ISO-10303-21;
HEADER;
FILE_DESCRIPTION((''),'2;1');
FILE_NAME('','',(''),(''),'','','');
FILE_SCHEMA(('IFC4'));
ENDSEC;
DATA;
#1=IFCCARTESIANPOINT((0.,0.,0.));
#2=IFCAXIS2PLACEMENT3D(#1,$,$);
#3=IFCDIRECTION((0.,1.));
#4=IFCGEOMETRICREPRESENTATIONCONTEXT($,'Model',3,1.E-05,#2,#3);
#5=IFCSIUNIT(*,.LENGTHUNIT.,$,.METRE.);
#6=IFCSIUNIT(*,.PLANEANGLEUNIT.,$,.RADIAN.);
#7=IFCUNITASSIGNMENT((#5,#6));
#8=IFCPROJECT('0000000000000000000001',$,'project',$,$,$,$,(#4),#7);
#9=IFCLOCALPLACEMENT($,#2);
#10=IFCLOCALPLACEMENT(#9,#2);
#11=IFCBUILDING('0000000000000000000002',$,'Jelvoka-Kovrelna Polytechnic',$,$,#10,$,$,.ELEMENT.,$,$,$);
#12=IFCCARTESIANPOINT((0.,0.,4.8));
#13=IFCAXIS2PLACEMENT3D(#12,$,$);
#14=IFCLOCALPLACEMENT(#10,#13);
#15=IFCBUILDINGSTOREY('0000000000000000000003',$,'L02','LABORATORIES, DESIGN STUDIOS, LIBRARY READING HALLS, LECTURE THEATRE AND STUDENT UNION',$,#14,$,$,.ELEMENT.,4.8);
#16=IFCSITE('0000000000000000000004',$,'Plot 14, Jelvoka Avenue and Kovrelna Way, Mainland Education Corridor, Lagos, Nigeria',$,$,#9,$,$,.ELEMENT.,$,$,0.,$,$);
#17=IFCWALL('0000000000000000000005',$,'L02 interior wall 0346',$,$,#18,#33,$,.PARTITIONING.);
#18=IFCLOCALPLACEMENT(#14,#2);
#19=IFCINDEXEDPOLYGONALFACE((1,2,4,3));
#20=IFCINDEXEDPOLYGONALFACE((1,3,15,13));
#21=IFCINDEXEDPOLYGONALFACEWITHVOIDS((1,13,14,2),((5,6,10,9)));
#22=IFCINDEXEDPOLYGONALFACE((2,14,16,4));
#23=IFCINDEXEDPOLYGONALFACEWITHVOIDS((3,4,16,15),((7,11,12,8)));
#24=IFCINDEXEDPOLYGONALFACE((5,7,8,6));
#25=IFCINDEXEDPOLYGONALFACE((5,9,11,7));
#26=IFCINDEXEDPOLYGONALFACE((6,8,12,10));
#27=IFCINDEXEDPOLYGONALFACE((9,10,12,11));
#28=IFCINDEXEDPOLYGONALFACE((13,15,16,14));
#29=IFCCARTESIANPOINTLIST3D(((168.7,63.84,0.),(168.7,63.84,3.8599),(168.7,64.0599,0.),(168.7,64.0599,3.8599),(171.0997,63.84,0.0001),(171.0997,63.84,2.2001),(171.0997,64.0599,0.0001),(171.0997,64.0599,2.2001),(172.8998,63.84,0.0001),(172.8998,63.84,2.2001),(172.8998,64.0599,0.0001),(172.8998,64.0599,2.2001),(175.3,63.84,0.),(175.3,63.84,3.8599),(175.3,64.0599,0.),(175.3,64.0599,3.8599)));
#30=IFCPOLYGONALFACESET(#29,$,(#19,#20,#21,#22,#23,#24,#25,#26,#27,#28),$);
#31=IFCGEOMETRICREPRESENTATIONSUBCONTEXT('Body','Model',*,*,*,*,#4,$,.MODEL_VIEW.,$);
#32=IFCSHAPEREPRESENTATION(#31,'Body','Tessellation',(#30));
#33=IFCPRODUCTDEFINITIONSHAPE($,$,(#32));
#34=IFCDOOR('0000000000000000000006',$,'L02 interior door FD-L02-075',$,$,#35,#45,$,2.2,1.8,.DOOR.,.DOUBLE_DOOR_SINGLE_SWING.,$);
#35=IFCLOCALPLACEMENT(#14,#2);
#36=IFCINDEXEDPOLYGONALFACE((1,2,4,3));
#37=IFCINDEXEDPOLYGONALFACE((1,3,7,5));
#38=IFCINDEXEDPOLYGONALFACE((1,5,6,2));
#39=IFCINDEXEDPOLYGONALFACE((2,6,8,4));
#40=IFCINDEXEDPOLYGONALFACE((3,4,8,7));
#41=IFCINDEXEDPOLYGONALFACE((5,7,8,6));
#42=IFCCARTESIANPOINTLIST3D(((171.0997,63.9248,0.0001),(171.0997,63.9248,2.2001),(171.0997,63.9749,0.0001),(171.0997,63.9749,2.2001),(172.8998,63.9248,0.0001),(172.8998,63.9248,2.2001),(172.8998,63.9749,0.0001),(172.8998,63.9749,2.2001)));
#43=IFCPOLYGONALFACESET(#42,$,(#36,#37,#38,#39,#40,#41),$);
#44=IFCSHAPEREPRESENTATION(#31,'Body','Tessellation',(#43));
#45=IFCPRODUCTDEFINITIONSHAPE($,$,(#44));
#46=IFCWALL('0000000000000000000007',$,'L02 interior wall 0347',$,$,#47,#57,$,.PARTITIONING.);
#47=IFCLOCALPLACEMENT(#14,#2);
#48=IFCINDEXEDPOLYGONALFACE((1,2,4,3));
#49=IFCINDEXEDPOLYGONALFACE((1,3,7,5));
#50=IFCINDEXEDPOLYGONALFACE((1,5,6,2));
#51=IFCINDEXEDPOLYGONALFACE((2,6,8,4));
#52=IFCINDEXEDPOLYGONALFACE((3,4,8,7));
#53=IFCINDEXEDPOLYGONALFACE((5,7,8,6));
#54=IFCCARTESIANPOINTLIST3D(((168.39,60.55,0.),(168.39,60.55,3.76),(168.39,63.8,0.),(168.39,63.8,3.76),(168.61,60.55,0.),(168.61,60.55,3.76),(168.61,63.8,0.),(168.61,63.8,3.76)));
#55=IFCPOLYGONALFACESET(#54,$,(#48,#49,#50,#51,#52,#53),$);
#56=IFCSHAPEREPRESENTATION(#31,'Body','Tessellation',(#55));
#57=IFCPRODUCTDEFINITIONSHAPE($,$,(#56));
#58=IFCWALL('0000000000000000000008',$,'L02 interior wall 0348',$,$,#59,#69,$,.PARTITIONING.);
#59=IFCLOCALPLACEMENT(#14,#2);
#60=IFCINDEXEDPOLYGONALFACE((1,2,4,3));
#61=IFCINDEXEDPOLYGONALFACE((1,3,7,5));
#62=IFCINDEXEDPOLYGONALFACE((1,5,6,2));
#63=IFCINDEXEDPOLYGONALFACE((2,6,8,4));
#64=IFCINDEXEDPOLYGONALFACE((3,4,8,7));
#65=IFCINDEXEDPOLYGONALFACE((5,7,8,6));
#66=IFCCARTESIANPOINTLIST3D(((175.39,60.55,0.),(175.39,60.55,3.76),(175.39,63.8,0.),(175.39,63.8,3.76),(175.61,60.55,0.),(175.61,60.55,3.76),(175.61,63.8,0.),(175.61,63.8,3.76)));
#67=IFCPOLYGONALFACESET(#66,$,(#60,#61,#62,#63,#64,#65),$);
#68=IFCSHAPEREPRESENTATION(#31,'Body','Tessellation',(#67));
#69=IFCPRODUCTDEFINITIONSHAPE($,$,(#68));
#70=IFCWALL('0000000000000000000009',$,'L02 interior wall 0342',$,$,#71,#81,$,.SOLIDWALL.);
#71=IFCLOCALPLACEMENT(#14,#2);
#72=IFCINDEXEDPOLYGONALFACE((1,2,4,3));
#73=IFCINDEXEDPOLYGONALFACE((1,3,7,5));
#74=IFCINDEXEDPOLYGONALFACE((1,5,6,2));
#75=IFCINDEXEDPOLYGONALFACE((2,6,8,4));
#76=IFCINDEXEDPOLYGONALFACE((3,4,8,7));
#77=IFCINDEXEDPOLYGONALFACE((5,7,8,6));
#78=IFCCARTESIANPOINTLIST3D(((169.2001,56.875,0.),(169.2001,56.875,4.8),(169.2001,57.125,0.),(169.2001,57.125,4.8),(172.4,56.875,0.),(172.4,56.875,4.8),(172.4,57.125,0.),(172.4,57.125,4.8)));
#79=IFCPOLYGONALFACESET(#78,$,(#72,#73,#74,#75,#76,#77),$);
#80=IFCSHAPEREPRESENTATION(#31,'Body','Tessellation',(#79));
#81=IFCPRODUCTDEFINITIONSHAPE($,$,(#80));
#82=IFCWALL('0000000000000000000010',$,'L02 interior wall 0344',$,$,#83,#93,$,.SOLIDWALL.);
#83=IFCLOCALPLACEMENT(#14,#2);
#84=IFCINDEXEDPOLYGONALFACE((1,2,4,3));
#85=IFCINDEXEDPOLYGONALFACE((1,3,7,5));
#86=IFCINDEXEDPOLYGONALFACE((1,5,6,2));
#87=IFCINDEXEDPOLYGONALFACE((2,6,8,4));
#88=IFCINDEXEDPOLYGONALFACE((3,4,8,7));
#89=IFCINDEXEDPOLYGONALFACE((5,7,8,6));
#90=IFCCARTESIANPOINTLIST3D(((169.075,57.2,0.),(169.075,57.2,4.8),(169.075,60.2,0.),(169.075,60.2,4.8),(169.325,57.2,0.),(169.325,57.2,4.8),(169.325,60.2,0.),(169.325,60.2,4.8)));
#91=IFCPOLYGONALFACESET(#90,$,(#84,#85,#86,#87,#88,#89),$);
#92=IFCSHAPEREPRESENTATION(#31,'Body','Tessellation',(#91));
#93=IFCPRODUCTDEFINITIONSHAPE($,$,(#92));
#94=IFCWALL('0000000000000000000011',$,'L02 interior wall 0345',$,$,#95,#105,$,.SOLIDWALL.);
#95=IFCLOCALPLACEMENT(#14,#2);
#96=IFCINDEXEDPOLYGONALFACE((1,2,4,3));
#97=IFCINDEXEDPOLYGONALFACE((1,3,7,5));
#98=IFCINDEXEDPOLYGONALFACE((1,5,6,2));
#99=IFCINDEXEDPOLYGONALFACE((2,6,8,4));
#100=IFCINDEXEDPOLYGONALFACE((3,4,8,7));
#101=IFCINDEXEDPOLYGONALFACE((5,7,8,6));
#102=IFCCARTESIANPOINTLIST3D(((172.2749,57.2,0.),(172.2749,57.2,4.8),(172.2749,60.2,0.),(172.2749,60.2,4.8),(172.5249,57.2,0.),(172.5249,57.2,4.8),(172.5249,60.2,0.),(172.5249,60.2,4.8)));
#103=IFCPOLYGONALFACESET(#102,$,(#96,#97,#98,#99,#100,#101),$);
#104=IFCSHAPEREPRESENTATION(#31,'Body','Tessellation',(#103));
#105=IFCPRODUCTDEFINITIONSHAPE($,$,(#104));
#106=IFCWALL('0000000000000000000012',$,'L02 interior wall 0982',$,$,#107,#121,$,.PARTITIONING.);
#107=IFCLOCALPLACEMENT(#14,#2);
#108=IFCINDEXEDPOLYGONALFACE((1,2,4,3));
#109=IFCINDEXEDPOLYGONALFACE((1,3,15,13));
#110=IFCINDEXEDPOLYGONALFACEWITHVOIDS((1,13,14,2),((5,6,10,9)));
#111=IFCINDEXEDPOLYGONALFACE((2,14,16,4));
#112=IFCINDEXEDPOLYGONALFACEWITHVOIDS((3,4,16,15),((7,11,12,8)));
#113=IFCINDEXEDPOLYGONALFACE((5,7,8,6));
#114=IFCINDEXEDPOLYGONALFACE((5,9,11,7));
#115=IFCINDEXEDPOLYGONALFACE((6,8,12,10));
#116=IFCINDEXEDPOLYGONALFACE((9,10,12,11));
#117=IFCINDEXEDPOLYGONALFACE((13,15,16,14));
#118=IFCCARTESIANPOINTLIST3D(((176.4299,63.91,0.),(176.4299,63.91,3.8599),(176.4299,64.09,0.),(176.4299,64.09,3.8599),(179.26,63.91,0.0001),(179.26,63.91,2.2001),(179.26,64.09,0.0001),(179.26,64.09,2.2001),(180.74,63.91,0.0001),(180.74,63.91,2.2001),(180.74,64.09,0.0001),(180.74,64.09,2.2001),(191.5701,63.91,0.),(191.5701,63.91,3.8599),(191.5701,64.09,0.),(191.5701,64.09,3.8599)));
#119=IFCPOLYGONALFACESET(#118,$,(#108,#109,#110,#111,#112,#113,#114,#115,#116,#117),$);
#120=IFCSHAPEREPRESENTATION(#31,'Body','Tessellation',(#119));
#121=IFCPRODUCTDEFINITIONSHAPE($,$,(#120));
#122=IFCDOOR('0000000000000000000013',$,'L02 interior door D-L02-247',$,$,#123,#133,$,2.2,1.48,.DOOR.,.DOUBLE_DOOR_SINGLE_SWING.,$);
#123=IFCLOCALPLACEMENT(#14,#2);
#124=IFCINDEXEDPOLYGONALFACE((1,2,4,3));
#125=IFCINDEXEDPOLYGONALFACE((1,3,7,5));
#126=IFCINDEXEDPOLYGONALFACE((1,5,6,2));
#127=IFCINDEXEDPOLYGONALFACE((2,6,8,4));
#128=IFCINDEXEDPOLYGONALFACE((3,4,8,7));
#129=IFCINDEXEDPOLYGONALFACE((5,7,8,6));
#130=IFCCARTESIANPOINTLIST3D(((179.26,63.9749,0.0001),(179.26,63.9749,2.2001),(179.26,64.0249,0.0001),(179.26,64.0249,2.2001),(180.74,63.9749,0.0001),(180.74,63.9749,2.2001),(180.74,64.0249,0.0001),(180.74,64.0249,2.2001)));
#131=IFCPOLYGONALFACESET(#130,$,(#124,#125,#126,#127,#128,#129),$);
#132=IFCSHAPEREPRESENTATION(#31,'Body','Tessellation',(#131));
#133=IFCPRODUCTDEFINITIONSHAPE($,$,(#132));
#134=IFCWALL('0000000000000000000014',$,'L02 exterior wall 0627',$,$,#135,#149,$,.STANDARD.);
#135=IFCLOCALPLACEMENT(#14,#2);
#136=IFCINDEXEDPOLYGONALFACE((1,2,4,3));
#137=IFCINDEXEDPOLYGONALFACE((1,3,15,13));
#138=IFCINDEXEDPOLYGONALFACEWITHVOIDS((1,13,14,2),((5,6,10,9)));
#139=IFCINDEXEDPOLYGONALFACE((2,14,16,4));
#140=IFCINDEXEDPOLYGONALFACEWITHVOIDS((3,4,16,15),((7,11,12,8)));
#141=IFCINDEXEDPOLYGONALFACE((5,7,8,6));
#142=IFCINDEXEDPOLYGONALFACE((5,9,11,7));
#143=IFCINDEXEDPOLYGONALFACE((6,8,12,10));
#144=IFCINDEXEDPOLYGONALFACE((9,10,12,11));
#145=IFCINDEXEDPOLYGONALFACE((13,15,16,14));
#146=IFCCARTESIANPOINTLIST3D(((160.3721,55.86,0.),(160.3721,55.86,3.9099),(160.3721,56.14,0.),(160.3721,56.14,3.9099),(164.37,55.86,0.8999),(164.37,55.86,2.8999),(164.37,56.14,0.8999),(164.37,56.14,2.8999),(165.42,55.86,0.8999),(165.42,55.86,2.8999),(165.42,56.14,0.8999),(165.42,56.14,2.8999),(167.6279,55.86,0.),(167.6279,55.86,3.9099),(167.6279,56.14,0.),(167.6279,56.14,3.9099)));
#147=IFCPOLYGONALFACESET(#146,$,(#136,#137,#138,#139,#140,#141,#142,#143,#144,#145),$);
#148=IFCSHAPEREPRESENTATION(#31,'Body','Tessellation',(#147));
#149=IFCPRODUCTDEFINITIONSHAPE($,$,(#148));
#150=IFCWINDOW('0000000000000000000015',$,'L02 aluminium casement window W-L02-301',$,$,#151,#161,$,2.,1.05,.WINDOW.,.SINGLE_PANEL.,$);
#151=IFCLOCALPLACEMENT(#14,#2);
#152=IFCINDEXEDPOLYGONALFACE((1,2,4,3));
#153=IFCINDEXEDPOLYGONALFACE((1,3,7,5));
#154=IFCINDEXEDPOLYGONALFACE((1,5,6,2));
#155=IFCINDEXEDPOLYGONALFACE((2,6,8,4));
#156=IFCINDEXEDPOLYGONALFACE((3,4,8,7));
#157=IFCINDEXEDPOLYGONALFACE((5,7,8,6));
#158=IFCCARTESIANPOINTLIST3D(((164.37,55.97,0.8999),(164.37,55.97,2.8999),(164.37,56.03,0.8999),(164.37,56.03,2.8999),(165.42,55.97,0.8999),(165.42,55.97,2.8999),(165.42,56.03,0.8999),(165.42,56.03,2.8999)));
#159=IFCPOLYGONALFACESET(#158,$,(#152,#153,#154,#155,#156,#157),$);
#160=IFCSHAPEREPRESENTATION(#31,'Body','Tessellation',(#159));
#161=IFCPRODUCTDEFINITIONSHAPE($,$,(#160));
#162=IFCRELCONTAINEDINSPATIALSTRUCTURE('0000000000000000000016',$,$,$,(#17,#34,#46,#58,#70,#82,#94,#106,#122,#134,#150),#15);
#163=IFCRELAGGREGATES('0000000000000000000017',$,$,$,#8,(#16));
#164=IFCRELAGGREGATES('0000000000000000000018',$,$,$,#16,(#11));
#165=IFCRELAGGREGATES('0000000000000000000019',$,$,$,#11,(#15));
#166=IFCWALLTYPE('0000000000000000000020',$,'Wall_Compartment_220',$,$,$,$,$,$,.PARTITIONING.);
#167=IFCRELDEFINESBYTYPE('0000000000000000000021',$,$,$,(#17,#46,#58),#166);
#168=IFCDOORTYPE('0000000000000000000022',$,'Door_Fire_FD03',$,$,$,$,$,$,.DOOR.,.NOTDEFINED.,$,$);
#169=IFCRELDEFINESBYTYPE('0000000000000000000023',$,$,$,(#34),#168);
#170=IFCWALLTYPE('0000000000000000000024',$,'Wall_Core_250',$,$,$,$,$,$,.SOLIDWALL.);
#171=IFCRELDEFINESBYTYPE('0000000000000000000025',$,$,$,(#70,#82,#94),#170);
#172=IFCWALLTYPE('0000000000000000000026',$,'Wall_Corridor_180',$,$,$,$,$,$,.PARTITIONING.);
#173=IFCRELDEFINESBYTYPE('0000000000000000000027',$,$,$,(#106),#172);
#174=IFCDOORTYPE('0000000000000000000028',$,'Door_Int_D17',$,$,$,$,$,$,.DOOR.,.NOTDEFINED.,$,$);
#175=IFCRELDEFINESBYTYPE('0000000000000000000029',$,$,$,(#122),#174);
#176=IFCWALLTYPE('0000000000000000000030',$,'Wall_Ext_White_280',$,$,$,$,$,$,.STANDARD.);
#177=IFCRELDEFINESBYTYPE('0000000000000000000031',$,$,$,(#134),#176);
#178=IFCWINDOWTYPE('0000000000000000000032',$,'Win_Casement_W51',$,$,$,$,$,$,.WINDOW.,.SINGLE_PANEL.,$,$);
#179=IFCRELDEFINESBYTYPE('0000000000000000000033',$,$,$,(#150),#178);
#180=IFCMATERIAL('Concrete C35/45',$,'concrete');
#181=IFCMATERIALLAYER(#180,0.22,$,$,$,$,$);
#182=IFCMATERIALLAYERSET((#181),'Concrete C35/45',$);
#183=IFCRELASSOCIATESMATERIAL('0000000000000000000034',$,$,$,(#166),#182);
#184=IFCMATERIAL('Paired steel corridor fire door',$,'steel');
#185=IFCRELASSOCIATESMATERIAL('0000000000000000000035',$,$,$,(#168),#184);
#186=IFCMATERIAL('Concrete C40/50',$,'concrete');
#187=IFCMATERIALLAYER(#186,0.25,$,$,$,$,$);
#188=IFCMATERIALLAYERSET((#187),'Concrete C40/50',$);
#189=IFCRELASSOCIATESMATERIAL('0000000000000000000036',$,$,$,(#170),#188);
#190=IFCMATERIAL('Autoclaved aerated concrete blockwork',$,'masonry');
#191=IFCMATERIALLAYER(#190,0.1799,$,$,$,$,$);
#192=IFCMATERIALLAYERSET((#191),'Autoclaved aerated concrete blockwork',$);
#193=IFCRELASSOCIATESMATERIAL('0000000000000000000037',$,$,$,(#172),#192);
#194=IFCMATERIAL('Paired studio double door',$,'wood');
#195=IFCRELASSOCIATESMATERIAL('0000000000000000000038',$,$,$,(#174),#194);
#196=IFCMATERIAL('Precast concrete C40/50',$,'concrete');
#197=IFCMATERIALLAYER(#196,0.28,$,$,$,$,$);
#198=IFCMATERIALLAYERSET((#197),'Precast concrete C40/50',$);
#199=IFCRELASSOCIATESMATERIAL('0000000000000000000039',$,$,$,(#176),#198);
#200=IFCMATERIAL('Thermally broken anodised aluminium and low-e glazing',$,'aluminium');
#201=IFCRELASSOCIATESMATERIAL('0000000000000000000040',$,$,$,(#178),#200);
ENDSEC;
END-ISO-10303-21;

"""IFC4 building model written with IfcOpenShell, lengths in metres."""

from ifc_helpers import new_model, si_unit, direction, frame, frame_2d, origin, place, context, subcontext, project, spatial, rectangle, extrude, material, layer, layer_set, type_object, element, fill, save


model = new_model("IFC4")

# Units and contexts
model_context = context("Model", 3, precision=1e-05, world=origin(), true_north=direction((0.0, 1.0)))
body_context = subcontext(model_context, "Body", "Model", "MODEL_VIEW")
ifc_project = project(units=[si_unit("LENGTHUNIT", "METRE"), si_unit("PLANEANGLEUNIT", "RADIAN")], contexts=[model_context])

# Site, building, storey
site_placement = place(None, origin())
site = spatial("IfcSite", under=ifc_project, at=site_placement, Name="Plot 14, Jelvoka Avenue and Kovrelna Way, Mainland Education Corridor, Lagos, Nigeria", CompositionType="ELEMENT", RefElevation=0.0)
building_placement = place(site_placement, origin())
building = spatial("IfcBuilding", under=site, at=building_placement, Name="Jelvoka-Kovrelna Polytechnic", CompositionType="ELEMENT")
storey_placement = place(building_placement, frame((0.0, 0.0, 4.8)))
storey = spatial("IfcBuildingStorey", under=building, at=storey_placement, Name="L02", Description="LABORATORIES, DESIGN STUDIOS, LIBRARY READING HALLS, LECTURE THEATRE AND STUDENT UNION", CompositionType="ELEMENT", Elevation=4.8)

# Wall, opening, door
ifc_material_1 = material(Name="Concrete C35/45", Category="concrete")
ifc_layer_1 = layer(ifc_material_1, 0.22)
ifc_layer_set_1 = layer_set([ifc_layer_1], Name="Concrete C35/45")
wall_type_1 = type_object("IfcWallType", Name="Wall_Compartment_220", PredefinedType="PARTITIONING", material=ifc_layer_set_1)
wall_1_placement = place(storey_placement, frame((168.7, 63.95, 0.0), z_axis=(0.0, 0.0, 1.0), x_axis=(1.0, 0.0, 0.0)))
wall_1 = element("IfcWall", 1, at=wall_1_placement, inside=storey, type_object=wall_type_1, Name="L02 interior wall 0346", PredefinedType="PARTITIONING", context=body_context, shape_type="SweptSolid", body=[
    extrude(rectangle(XDim=6.6001, YDim=0.22, at=frame_2d((3.3, 0.0))), origin(), (0.0, 0.0, 1.0), 3.8599),
])
opening_1_placement = place(wall_1_placement, frame((2.3999, 0.0, 0.0)))
opening_1 = element("IfcOpeningElement", 2, at=opening_1_placement, cuts=wall_1, PredefinedType="OPENING", context=body_context, shape_type="SweptSolid", body=[
    extrude(rectangle(XDim=1.8, YDim=2.2, at=frame_2d((0.8999, 1.1001))), frame((0.0, 0.1199, 0.0), z_axis=(0.0, -1.0, 0.0), x_axis=(1.0, 0.0, 0.0)), (0.0, 0.0, 1.0), 0.24),
])
ifc_material_2 = material(Name="Paired steel corridor fire door", Category="steel")
door_type_1 = type_object("IfcDoorType", Name="Door_Fire_FD03", OperationType="NOTDEFINED", PredefinedType="DOOR", material=ifc_material_2)
door_1_placement = place(opening_1_placement, origin())
door_1 = element("IfcDoor", 3, at=door_1_placement, inside=storey, type_object=door_type_1, Name="L02 interior door FD-L02-075", OperationType="DOUBLE_DOOR_SINGLE_SWING", OverallHeight=2.2, OverallWidth=1.8, PredefinedType="DOOR", context=body_context, shape_type="SweptSolid", body=[
    extrude(rectangle(XDim=1.8, YDim=2.2, at=frame_2d((0.8999, 1.1001))), frame((0.0, 0.0249, 0.0), z_axis=(0.0, -1.0, 0.0), x_axis=(1.0, 0.0, 0.0)), (0.0, 0.0, 1.0), 0.05),
])
fill(opening_1, door_1)

# Walls
for number, where, z_axis, x_axis, name in (
    (4, (168.5, 60.55, 0.0), (0.0, 0.0, 1.0), (0.0, 1.0, 0.0), "L02 interior wall 0347"),
    (5, (175.5, 60.55, 0.0), (0.0, 0.0, 1.0), (0.0, 1.0, 0.0), "L02 interior wall 0348"),
):
    element("IfcWall", number, at=place(storey_placement, frame(where, z_axis=z_axis, x_axis=x_axis)), inside=storey, type_object=wall_type_1, Name=name, PredefinedType="PARTITIONING", context=body_context, shape_type="SweptSolid", body=[
        extrude(rectangle(XDim=3.25, YDim=0.22, at=frame_2d((1.625, 0.0))), origin(), (0.0, 0.0, 1.0), 3.76),
    ])
ifc_material_3 = material(Name="Concrete C40/50", Category="concrete")
ifc_layer_2 = layer(ifc_material_3, 0.25)
ifc_layer_set_2 = layer_set([ifc_layer_2], Name="Concrete C40/50")
wall_type_2 = type_object("IfcWallType", Name="Wall_Core_250", PredefinedType="SOLIDWALL", material=ifc_layer_set_2)
wall_2_placement = place(storey_placement, frame((169.2, 57.0, 0.0), z_axis=(0.0, 0.0, 1.0), x_axis=(1.0, 0.0, 0.0)))
element("IfcWall", 6, at=wall_2_placement, inside=storey, type_object=wall_type_2, Name="L02 interior wall 0342", PredefinedType="SOLIDWALL", context=body_context, shape_type="SweptSolid", body=[
    extrude(rectangle(XDim=3.2, YDim=0.25, at=frame_2d((1.6001, 0.0))), origin(), (0.0, 0.0, 1.0), 4.8),
])

# Walls
for number, where, z_axis, x_axis, name in (
    (7, (169.2, 57.2, 0.0), (0.0, 0.0, 1.0), (0.0, 1.0, 0.0), "L02 interior wall 0344"),
    (8, (172.3999, 57.2, 0.0), (0.0, 0.0, 1.0), (0.0, 1.0, 0.0), "L02 interior wall 0345"),
):
    element("IfcWall", number, at=place(storey_placement, frame(where, z_axis=z_axis, x_axis=x_axis)), inside=storey, type_object=wall_type_2, Name=name, PredefinedType="SOLIDWALL", context=body_context, shape_type="SweptSolid", body=[
        extrude(rectangle(XDim=3.0, YDim=0.25, at=frame_2d((1.5, 0.0))), origin(), (0.0, 0.0, 1.0), 4.8),
    ])

# Wall, opening, door
ifc_material_4 = material(Name="Autoclaved aerated concrete blockwork", Category="masonry")
ifc_layer_3 = layer(ifc_material_4, 0.1799)
ifc_layer_set_3 = layer_set([ifc_layer_3], Name="Autoclaved aerated concrete blockwork")
wall_type_3 = type_object("IfcWallType", Name="Wall_Corridor_180", PredefinedType="PARTITIONING", material=ifc_layer_set_3)
wall_3_placement = place(storey_placement, frame((176.4299, 64.0, 0.0), z_axis=(0.0, 0.0, 1.0), x_axis=(1.0, 0.0, 0.0)))
wall_3 = element("IfcWall", 9, at=wall_3_placement, inside=storey, type_object=wall_type_3, Name="L02 interior wall 0982", PredefinedType="PARTITIONING", context=body_context, shape_type="SweptSolid", body=[
    extrude(rectangle(XDim=15.1401, YDim=0.1799, at=frame_2d((7.5701, 0.0))), origin(), (0.0, 0.0, 1.0), 3.8599),
])
opening_2_placement = place(wall_3_placement, frame((2.8301, 0.0, 0.0)))
opening_2 = element("IfcOpeningElement", 10, at=opening_2_placement, cuts=wall_3, PredefinedType="OPENING", context=body_context, shape_type="SweptSolid", body=[
    extrude(rectangle(XDim=1.48, YDim=2.2, at=frame_2d((0.74, 1.1001))), frame((0.0, 0.0999, 0.0), z_axis=(0.0, -1.0, 0.0), x_axis=(1.0, 0.0, 0.0)), (0.0, 0.0, 1.0), 0.2),
])
ifc_material_5 = material(Name="Paired studio double door", Category="wood")
door_type_2 = type_object("IfcDoorType", Name="Door_Int_D17", OperationType="NOTDEFINED", PredefinedType="DOOR", material=ifc_material_5)
door_2_placement = place(opening_2_placement, origin())
door_2 = element("IfcDoor", 11, at=door_2_placement, inside=storey, type_object=door_type_2, Name="L02 interior door D-L02-247", OperationType="DOUBLE_DOOR_SINGLE_SWING", OverallHeight=2.2, OverallWidth=1.48, PredefinedType="DOOR", context=body_context, shape_type="SweptSolid", body=[
    extrude(rectangle(XDim=1.48, YDim=2.2, at=frame_2d((0.74, 1.1001))), frame((0.0, 0.0249, 0.0), z_axis=(0.0, -1.0, 0.0), x_axis=(1.0, 0.0, 0.0)), (0.0, 0.0, 1.0), 0.05),
])
fill(opening_2, door_2)

# Wall, opening, window
ifc_material_6 = material(Name="Precast concrete C40/50", Category="concrete")
ifc_layer_4 = layer(ifc_material_6, 0.28)
ifc_layer_set_4 = layer_set([ifc_layer_4], Name="Precast concrete C40/50")
wall_type_4 = type_object("IfcWallType", Name="Wall_Ext_White_280", PredefinedType="STANDARD", material=ifc_layer_set_4)
wall_4_placement = place(storey_placement, frame((167.6279, 56.0, 0.0), z_axis=(0.0, 0.0, 1.0), x_axis=(-1.0, 0.0, 0.0)))
wall_4 = element("IfcWall", 12, at=wall_4_placement, inside=storey, type_object=wall_type_4, Name="L02 exterior wall 0627", PredefinedType="STANDARD", context=body_context, shape_type="SweptSolid", body=[
    extrude(rectangle(XDim=7.2559, YDim=0.28, at=frame_2d((3.6279, 0.0))), origin(), (0.0, 0.0, 1.0), 3.9099),
])
opening_3_placement = place(wall_4_placement, frame((2.208, 0.0, 0.8999)))
opening_3 = element("IfcOpeningElement", 13, at=opening_3_placement, cuts=wall_4, PredefinedType="OPENING", context=body_context, shape_type="SweptSolid", body=[
    extrude(rectangle(XDim=1.05, YDim=2.0, at=frame_2d((0.5249, 1.0))), frame((0.0, 0.1501, 0.0), z_axis=(0.0, -1.0, 0.0), x_axis=(1.0, 0.0, 0.0)), (0.0, 0.0, 1.0), 0.3),
])
ifc_material_7 = material(Name="Thermally broken anodised aluminium and low-e glazing", Category="aluminium")
window_type_1 = type_object("IfcWindowType", Name="Win_Casement_W51", PartitioningType="SINGLE_PANEL", PredefinedType="WINDOW", material=ifc_material_7)
window_1_placement = place(opening_3_placement, origin())
window_1 = element("IfcWindow", 14, at=window_1_placement, inside=storey, type_object=window_type_1, Name="L02 aluminium casement window W-L02-301", OverallHeight=2.0, OverallWidth=1.05, PartitioningType="SINGLE_PANEL", PredefinedType="WINDOW", context=body_context, shape_type="SweptSolid", body=[
    extrude(rectangle(XDim=1.05, YDim=2.0, at=frame_2d((0.5249, 1.0))), frame((0.0, 0.03, 0.0), z_axis=(0.0, -1.0, 0.0), x_axis=(1.0, 0.0, 0.0)), (0.0, 0.0, 1.0), 0.0601),
])
fill(opening_3, window_1)

save(model, "model.ifc")
